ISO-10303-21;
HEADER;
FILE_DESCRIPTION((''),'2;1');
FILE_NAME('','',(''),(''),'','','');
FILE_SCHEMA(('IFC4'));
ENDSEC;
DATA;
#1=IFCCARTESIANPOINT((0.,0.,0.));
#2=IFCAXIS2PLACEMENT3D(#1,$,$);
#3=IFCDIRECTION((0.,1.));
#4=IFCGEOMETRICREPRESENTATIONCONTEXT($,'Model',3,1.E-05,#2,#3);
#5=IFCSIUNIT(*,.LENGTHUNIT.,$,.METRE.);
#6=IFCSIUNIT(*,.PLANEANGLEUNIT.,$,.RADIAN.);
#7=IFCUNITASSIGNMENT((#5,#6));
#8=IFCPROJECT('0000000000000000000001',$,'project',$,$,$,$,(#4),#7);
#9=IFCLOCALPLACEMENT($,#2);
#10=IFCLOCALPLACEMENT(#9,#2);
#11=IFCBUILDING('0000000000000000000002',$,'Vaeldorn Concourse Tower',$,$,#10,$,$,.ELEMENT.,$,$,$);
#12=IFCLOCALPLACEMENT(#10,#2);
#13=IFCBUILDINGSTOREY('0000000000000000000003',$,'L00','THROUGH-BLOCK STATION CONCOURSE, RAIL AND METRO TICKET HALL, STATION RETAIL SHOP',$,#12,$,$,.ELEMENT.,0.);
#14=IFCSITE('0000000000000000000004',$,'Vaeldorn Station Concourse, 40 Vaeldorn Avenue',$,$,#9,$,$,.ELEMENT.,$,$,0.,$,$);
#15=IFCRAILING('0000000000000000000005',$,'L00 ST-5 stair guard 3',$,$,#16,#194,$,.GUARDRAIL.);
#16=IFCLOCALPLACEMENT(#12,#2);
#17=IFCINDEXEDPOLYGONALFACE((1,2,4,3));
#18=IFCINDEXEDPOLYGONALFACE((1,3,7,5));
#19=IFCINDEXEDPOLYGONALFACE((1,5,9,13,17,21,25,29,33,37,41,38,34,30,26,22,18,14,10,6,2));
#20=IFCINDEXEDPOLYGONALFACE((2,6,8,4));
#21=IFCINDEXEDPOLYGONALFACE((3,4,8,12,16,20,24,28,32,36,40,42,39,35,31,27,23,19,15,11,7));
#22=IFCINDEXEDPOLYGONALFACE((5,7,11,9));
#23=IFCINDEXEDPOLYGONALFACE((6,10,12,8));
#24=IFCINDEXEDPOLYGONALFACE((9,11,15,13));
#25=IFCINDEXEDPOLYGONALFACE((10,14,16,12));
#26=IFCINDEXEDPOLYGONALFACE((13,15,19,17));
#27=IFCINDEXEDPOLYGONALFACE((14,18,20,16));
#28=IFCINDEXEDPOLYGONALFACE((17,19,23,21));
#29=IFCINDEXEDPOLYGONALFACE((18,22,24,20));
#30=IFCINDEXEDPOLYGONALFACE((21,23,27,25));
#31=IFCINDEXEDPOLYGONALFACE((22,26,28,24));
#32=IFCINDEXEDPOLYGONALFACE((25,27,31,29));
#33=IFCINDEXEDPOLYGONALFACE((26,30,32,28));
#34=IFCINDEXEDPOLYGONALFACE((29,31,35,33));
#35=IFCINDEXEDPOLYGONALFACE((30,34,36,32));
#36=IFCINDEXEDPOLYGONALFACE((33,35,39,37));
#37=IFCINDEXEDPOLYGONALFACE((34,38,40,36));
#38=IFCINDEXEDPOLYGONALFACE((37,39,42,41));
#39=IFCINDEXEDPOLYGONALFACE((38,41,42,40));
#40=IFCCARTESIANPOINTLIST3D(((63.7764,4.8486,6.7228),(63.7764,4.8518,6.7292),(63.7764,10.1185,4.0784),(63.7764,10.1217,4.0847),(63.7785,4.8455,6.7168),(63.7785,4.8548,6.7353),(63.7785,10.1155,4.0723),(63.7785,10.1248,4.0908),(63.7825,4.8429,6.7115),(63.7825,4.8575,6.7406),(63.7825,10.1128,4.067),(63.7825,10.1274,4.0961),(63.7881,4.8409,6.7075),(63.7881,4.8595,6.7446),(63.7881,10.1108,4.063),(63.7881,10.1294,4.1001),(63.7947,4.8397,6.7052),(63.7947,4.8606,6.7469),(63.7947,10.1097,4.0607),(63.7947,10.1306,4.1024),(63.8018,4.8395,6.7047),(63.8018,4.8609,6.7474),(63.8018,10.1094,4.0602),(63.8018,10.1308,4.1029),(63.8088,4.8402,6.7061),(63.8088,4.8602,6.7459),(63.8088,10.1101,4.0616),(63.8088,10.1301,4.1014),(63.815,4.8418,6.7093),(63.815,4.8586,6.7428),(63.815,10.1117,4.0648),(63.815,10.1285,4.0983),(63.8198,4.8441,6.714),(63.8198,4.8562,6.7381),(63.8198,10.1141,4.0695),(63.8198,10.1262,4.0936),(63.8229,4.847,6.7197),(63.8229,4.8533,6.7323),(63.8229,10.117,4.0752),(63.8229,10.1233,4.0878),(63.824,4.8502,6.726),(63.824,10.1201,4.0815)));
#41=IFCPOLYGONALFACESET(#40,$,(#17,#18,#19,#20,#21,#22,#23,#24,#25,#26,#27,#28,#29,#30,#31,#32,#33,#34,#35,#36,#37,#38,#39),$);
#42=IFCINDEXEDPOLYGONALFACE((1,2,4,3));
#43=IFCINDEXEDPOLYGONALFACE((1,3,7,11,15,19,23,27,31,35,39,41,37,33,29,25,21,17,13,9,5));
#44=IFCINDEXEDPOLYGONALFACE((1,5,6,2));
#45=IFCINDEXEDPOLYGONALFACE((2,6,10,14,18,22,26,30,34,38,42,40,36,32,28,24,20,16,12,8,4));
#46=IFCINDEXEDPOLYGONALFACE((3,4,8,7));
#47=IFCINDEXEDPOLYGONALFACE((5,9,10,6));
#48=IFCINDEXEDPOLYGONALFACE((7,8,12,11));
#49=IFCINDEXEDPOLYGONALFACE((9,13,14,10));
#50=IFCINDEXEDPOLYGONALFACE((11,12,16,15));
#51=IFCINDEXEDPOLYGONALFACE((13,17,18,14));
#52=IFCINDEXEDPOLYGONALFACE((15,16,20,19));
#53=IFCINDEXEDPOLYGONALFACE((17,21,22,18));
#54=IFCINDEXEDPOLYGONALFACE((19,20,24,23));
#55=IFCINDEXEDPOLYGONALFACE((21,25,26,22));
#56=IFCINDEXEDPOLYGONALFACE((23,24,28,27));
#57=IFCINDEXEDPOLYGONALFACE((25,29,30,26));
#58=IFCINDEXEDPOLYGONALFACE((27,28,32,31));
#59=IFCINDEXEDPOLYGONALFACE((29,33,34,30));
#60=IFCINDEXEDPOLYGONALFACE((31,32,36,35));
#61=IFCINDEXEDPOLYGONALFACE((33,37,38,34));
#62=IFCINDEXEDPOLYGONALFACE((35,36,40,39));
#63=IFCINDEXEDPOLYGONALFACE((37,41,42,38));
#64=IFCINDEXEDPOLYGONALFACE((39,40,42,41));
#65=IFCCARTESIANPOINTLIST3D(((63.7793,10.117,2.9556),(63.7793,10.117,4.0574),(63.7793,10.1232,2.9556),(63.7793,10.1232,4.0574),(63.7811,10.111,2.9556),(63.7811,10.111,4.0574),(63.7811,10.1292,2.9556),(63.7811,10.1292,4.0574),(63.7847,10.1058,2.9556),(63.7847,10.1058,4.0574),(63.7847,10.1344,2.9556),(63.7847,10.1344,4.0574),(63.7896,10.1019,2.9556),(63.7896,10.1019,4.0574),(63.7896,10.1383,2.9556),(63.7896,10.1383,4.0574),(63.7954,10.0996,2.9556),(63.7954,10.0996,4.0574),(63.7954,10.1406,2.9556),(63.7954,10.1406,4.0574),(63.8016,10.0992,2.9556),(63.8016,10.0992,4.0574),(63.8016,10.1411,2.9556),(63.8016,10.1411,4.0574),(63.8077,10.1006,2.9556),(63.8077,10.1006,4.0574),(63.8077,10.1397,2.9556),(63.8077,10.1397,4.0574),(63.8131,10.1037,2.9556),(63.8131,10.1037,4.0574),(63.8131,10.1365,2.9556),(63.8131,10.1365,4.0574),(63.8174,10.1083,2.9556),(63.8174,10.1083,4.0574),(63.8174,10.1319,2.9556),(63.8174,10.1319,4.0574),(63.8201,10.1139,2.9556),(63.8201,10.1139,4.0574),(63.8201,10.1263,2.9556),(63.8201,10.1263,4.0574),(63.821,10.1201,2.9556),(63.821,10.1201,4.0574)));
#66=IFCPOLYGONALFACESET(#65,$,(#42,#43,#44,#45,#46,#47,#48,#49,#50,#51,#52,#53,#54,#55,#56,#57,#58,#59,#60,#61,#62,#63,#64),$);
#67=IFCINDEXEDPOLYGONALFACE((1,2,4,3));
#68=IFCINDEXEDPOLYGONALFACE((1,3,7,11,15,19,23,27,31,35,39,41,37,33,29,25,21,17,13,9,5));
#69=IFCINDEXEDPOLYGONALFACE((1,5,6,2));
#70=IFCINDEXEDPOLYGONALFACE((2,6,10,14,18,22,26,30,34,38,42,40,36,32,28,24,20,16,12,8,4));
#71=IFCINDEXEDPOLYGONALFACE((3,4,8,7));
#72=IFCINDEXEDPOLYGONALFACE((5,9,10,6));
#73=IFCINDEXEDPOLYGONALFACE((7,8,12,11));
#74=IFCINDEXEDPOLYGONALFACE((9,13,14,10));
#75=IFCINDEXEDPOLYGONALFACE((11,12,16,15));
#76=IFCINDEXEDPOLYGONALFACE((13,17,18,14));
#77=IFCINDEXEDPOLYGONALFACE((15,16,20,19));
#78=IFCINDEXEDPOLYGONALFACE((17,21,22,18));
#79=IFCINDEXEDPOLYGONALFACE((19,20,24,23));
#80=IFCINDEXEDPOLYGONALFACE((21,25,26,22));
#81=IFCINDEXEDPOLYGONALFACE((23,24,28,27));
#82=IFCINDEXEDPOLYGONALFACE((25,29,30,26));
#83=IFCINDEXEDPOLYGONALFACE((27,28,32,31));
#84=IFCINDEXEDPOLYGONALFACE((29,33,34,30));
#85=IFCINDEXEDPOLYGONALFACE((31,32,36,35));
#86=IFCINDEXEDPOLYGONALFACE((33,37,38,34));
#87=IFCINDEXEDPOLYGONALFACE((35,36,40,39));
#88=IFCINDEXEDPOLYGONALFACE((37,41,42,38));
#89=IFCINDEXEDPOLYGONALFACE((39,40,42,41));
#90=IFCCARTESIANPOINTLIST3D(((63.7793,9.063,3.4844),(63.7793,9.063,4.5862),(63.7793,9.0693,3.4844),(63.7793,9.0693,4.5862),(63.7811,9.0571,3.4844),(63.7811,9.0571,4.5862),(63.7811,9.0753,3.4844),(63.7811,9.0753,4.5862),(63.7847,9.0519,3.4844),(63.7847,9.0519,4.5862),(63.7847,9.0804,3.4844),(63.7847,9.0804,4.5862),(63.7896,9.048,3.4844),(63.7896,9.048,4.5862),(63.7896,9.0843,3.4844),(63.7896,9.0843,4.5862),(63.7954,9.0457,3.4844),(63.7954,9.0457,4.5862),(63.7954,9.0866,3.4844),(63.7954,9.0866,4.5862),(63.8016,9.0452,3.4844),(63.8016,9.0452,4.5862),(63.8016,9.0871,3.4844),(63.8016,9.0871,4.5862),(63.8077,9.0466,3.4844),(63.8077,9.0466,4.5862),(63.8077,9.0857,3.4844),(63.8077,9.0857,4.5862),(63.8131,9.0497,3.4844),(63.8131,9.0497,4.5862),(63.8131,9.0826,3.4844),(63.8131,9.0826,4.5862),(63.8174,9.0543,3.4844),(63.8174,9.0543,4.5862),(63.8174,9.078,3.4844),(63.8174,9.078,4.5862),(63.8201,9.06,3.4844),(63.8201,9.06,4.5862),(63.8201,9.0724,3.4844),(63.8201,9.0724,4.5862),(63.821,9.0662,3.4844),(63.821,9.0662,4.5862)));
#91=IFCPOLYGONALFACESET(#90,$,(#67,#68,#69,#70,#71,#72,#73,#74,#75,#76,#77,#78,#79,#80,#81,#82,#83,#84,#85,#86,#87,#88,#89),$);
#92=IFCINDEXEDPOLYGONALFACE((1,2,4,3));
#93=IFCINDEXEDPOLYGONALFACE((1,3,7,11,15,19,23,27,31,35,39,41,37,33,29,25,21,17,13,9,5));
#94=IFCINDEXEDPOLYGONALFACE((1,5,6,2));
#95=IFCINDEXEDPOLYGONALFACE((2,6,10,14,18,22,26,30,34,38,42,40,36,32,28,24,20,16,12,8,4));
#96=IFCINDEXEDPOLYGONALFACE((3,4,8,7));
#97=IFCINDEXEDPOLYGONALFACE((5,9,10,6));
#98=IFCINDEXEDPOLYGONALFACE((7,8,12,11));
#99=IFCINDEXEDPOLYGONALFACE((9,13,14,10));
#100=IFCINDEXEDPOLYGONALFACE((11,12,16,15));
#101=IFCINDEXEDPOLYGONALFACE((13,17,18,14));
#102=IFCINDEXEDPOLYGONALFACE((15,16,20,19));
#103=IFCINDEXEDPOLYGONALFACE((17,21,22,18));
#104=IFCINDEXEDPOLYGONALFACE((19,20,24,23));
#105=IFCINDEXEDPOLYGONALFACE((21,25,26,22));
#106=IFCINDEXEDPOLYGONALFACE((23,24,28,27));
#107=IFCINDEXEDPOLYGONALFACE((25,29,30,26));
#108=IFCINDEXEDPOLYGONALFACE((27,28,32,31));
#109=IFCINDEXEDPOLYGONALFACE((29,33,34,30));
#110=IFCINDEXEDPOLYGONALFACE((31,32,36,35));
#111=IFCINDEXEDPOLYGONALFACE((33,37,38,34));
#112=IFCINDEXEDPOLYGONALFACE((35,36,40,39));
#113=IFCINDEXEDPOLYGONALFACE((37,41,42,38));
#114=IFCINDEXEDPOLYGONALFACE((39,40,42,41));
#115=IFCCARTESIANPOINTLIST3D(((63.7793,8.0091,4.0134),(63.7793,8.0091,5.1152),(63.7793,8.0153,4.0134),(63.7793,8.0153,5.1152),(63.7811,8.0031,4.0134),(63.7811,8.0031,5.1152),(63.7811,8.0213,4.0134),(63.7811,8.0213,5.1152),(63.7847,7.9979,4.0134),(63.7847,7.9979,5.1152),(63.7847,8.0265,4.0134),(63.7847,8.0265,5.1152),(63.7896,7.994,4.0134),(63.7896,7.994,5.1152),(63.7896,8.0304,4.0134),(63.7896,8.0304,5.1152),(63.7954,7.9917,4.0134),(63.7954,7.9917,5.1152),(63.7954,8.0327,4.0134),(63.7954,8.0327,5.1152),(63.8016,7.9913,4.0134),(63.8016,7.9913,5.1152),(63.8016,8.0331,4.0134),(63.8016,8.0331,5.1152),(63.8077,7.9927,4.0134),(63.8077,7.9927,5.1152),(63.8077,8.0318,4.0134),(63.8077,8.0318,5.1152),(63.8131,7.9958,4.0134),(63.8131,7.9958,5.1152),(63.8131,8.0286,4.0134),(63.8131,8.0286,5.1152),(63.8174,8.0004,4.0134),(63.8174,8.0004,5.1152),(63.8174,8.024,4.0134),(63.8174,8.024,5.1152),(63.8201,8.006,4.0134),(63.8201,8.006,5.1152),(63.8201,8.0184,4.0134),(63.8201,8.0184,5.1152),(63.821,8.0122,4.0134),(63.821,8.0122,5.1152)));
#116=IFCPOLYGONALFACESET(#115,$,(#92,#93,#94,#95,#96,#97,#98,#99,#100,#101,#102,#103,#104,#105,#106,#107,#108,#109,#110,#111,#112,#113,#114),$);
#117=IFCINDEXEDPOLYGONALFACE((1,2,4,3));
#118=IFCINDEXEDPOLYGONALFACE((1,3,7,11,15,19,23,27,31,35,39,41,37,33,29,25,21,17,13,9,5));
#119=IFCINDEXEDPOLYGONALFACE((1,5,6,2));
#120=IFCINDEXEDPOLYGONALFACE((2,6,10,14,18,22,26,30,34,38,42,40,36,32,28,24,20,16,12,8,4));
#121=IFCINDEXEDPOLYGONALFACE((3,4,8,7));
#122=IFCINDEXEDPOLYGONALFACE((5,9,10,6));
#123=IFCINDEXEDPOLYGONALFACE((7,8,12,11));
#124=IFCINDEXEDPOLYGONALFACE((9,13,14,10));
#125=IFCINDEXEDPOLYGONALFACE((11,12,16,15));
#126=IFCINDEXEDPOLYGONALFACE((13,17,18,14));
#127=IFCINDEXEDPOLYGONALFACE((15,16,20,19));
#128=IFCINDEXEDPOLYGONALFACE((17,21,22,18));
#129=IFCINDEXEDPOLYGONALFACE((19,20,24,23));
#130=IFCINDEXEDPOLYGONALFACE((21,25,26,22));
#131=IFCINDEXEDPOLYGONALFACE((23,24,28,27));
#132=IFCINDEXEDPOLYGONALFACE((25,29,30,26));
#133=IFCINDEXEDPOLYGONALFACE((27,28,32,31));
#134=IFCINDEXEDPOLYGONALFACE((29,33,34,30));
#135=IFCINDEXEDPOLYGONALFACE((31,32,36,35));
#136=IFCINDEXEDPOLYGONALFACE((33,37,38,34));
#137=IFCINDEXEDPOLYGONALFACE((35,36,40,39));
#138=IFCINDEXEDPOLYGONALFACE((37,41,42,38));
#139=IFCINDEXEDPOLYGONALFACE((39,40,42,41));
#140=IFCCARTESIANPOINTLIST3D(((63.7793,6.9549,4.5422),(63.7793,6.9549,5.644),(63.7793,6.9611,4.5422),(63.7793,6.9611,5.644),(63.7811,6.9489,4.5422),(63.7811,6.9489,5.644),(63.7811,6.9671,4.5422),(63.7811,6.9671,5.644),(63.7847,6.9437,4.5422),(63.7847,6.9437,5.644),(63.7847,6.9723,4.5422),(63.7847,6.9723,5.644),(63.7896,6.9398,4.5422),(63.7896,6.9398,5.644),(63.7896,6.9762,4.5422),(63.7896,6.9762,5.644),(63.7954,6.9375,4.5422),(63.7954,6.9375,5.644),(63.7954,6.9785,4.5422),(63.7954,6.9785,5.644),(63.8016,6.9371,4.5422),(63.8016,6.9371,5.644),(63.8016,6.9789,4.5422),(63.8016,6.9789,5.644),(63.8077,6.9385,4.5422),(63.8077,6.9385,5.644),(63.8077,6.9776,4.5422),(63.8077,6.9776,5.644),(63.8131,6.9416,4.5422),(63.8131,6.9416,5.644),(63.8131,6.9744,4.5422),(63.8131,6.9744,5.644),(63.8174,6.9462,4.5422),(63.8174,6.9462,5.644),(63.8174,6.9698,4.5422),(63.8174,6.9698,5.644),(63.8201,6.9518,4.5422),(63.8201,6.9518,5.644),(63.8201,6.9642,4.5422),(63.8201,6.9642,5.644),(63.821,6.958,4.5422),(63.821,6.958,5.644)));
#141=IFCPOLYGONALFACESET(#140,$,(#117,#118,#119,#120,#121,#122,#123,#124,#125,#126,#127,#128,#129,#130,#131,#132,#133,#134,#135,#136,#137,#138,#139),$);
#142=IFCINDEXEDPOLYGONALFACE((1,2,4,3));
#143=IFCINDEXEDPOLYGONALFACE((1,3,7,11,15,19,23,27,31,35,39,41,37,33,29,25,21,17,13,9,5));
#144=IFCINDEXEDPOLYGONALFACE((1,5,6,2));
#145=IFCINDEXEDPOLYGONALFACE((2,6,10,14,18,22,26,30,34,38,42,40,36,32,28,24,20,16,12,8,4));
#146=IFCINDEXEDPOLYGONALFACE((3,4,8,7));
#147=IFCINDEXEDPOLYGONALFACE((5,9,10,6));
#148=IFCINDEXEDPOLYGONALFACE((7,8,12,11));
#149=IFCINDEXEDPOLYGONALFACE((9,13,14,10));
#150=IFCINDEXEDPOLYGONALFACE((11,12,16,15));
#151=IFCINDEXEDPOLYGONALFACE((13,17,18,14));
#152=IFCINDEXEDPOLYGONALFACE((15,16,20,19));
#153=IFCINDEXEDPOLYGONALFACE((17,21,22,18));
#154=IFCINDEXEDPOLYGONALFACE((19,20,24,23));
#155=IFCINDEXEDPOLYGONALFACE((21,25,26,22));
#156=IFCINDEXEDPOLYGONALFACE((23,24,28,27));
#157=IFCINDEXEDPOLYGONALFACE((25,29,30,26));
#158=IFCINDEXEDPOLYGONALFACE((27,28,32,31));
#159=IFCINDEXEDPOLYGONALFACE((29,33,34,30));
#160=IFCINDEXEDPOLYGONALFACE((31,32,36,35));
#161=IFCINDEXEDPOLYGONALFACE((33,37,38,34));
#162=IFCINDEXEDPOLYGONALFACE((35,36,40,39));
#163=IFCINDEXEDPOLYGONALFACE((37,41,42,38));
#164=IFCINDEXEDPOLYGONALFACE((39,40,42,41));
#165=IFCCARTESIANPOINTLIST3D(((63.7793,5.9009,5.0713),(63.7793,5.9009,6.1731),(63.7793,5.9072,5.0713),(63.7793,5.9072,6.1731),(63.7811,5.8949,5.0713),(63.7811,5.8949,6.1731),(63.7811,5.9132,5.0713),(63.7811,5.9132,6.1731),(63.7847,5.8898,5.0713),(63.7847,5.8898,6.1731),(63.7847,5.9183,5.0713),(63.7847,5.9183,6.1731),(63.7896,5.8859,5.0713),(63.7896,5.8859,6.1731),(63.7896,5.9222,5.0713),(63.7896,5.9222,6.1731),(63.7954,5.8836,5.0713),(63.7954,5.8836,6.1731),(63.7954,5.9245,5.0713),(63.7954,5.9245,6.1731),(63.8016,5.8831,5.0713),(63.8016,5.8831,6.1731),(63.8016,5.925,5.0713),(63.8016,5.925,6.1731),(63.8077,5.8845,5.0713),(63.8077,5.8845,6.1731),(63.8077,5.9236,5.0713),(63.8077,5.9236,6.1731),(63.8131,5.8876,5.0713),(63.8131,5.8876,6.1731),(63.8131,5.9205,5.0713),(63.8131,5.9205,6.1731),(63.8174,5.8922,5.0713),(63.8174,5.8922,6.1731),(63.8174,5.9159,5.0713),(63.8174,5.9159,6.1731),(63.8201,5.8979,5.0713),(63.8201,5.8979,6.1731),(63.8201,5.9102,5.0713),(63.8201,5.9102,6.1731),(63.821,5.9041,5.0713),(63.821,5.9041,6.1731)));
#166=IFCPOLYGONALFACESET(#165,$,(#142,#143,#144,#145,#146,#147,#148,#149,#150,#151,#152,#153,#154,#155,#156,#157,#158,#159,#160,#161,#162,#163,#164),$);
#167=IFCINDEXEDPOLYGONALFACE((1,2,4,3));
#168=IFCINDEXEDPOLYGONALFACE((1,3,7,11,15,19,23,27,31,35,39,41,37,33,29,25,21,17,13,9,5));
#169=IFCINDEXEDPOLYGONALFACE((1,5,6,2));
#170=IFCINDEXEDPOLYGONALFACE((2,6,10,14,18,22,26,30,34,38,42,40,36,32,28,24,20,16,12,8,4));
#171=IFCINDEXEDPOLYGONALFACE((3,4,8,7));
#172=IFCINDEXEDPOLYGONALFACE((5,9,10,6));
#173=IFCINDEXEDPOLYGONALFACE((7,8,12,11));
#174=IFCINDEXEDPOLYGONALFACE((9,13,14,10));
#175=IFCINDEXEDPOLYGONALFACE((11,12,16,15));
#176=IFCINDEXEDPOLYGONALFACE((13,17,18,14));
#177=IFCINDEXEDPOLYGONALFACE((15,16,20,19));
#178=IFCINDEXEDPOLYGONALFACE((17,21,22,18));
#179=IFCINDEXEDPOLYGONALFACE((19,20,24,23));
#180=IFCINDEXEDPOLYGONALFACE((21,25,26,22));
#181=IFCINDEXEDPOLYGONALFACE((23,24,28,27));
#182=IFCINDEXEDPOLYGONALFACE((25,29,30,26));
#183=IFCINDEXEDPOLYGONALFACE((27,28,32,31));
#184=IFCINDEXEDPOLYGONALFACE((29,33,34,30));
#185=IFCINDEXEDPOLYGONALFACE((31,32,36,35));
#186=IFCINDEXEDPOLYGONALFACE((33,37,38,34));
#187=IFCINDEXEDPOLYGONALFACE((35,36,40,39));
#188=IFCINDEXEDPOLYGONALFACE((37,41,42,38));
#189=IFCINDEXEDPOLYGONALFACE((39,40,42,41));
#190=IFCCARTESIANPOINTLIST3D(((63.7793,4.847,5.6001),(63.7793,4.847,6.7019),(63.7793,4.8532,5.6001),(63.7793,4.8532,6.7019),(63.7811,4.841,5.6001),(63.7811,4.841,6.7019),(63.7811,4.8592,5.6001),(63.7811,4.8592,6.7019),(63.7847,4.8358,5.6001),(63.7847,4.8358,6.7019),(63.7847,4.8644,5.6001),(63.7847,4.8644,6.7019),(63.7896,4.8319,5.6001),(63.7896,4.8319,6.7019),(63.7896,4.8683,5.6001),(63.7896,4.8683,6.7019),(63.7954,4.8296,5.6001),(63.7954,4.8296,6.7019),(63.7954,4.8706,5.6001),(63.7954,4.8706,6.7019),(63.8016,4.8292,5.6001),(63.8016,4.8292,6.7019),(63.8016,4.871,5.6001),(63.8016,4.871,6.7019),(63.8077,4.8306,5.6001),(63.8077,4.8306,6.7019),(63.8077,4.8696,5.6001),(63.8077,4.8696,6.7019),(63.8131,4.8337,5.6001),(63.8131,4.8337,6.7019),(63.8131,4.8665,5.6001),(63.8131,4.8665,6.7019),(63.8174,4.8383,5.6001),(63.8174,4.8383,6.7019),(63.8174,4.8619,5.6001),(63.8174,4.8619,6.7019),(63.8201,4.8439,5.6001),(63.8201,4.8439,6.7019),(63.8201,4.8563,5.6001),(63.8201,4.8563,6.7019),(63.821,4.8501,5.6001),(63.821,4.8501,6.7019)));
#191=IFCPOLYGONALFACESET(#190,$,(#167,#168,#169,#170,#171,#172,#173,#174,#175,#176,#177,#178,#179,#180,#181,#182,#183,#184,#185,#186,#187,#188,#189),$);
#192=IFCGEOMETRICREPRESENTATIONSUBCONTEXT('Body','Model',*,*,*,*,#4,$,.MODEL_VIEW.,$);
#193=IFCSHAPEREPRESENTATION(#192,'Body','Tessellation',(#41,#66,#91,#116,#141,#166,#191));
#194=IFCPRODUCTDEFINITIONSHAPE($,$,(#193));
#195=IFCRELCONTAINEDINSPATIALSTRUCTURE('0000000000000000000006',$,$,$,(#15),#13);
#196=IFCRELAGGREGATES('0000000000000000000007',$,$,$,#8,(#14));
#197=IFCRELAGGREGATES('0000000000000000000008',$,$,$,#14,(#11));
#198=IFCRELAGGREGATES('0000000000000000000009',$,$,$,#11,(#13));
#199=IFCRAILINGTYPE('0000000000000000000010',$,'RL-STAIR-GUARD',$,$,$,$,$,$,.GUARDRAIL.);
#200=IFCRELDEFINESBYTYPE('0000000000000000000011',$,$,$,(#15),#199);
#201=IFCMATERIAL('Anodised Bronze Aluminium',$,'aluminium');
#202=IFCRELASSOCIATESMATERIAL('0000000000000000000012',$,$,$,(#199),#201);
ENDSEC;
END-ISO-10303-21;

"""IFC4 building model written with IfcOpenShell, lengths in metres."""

from ifc_helpers import new_model, si_unit, direction, frame, origin, origin_2d, place, context, subcontext, project, spatial, circle, extrude, material, type_object, element, save


model = new_model("IFC4")

# Units and contexts
model_context = context("Model", 3, precision=1e-05, world=origin(), true_north=direction((0.0, 1.0)))
body_context = subcontext(model_context, "Body", "Model", "MODEL_VIEW")
ifc_project = project(units=[si_unit("LENGTHUNIT", "METRE"), si_unit("PLANEANGLEUNIT", "RADIAN")], contexts=[model_context])

# Site, building, storey
site_placement = place(None, origin())
site = spatial("IfcSite", under=ifc_project, at=site_placement, Name="Vaeldorn Station Concourse, 40 Vaeldorn Avenue", CompositionType="ELEMENT", RefElevation=0.0)
building_placement = place(site_placement, origin())
building = spatial("IfcBuilding", under=site, at=building_placement, Name="Vaeldorn Concourse Tower", CompositionType="ELEMENT")
storey_placement = place(building_placement, origin())
storey = spatial("IfcBuildingStorey", under=building, at=storey_placement, Name="L00", Description="THROUGH-BLOCK STATION CONCOURSE, RAIL AND METRO TICKET HALL, STATION RETAIL SHOP", CompositionType="ELEMENT", Elevation=0.0)

# Railing
ifc_material_1 = material(Name="Anodised Bronze Aluminium", Category="aluminium")
railing_type_1 = type_object("IfcRailingType", Name="RL-STAIR-GUARD", PredefinedType="GUARDRAIL", material=ifc_material_1)
railing_1_placement = place(storey_placement, frame((63.8, 10.1201, 2.9556)))
element("IfcRailing", 1, at=railing_1_placement, inside=storey, type_object=railing_type_1, Name="L00 ST-5 stair guard 3", PredefinedType="GUARDRAIL", context=body_context, shape_type="SweptSolid", body=[
    extrude(circle(Radius=0.0239, at=origin_2d()), frame((0.0, 0.0, 1.126), z_axis=(0.0, -0.89378, 0.448505), x_axis=(1.0, 0.0, 0.0)), (0.0, 0.0, 1.0), 5.8962),
    extrude(circle(Radius=0.021, at=origin_2d()), origin(), (0.0, 0.0, 1.0), 1.1018),
    extrude(circle(Radius=0.021, at=origin_2d()), frame((0.0, -1.054, 0.5288)), (0.0, 0.0, 1.0), 1.1018),
    extrude(circle(Radius=0.021, at=origin_2d()), frame((0.0, -2.1079, 1.0579)), (0.0, 0.0, 1.0), 1.1018),
    extrude(circle(Radius=0.021, at=origin_2d()), frame((0.0, -3.1621, 1.5867)), (0.0, 0.0, 1.0), 1.1018),
    extrude(circle(Radius=0.021, at=origin_2d()), frame((0.0, -4.2161, 2.1157)), (0.0, 0.0, 1.0), 1.1018),
    extrude(circle(Radius=0.021, at=origin_2d()), frame((0.0, -5.27, 2.6445)), (0.0, 0.0, 1.0), 1.1018),
])

save(model, "model.ifc")
